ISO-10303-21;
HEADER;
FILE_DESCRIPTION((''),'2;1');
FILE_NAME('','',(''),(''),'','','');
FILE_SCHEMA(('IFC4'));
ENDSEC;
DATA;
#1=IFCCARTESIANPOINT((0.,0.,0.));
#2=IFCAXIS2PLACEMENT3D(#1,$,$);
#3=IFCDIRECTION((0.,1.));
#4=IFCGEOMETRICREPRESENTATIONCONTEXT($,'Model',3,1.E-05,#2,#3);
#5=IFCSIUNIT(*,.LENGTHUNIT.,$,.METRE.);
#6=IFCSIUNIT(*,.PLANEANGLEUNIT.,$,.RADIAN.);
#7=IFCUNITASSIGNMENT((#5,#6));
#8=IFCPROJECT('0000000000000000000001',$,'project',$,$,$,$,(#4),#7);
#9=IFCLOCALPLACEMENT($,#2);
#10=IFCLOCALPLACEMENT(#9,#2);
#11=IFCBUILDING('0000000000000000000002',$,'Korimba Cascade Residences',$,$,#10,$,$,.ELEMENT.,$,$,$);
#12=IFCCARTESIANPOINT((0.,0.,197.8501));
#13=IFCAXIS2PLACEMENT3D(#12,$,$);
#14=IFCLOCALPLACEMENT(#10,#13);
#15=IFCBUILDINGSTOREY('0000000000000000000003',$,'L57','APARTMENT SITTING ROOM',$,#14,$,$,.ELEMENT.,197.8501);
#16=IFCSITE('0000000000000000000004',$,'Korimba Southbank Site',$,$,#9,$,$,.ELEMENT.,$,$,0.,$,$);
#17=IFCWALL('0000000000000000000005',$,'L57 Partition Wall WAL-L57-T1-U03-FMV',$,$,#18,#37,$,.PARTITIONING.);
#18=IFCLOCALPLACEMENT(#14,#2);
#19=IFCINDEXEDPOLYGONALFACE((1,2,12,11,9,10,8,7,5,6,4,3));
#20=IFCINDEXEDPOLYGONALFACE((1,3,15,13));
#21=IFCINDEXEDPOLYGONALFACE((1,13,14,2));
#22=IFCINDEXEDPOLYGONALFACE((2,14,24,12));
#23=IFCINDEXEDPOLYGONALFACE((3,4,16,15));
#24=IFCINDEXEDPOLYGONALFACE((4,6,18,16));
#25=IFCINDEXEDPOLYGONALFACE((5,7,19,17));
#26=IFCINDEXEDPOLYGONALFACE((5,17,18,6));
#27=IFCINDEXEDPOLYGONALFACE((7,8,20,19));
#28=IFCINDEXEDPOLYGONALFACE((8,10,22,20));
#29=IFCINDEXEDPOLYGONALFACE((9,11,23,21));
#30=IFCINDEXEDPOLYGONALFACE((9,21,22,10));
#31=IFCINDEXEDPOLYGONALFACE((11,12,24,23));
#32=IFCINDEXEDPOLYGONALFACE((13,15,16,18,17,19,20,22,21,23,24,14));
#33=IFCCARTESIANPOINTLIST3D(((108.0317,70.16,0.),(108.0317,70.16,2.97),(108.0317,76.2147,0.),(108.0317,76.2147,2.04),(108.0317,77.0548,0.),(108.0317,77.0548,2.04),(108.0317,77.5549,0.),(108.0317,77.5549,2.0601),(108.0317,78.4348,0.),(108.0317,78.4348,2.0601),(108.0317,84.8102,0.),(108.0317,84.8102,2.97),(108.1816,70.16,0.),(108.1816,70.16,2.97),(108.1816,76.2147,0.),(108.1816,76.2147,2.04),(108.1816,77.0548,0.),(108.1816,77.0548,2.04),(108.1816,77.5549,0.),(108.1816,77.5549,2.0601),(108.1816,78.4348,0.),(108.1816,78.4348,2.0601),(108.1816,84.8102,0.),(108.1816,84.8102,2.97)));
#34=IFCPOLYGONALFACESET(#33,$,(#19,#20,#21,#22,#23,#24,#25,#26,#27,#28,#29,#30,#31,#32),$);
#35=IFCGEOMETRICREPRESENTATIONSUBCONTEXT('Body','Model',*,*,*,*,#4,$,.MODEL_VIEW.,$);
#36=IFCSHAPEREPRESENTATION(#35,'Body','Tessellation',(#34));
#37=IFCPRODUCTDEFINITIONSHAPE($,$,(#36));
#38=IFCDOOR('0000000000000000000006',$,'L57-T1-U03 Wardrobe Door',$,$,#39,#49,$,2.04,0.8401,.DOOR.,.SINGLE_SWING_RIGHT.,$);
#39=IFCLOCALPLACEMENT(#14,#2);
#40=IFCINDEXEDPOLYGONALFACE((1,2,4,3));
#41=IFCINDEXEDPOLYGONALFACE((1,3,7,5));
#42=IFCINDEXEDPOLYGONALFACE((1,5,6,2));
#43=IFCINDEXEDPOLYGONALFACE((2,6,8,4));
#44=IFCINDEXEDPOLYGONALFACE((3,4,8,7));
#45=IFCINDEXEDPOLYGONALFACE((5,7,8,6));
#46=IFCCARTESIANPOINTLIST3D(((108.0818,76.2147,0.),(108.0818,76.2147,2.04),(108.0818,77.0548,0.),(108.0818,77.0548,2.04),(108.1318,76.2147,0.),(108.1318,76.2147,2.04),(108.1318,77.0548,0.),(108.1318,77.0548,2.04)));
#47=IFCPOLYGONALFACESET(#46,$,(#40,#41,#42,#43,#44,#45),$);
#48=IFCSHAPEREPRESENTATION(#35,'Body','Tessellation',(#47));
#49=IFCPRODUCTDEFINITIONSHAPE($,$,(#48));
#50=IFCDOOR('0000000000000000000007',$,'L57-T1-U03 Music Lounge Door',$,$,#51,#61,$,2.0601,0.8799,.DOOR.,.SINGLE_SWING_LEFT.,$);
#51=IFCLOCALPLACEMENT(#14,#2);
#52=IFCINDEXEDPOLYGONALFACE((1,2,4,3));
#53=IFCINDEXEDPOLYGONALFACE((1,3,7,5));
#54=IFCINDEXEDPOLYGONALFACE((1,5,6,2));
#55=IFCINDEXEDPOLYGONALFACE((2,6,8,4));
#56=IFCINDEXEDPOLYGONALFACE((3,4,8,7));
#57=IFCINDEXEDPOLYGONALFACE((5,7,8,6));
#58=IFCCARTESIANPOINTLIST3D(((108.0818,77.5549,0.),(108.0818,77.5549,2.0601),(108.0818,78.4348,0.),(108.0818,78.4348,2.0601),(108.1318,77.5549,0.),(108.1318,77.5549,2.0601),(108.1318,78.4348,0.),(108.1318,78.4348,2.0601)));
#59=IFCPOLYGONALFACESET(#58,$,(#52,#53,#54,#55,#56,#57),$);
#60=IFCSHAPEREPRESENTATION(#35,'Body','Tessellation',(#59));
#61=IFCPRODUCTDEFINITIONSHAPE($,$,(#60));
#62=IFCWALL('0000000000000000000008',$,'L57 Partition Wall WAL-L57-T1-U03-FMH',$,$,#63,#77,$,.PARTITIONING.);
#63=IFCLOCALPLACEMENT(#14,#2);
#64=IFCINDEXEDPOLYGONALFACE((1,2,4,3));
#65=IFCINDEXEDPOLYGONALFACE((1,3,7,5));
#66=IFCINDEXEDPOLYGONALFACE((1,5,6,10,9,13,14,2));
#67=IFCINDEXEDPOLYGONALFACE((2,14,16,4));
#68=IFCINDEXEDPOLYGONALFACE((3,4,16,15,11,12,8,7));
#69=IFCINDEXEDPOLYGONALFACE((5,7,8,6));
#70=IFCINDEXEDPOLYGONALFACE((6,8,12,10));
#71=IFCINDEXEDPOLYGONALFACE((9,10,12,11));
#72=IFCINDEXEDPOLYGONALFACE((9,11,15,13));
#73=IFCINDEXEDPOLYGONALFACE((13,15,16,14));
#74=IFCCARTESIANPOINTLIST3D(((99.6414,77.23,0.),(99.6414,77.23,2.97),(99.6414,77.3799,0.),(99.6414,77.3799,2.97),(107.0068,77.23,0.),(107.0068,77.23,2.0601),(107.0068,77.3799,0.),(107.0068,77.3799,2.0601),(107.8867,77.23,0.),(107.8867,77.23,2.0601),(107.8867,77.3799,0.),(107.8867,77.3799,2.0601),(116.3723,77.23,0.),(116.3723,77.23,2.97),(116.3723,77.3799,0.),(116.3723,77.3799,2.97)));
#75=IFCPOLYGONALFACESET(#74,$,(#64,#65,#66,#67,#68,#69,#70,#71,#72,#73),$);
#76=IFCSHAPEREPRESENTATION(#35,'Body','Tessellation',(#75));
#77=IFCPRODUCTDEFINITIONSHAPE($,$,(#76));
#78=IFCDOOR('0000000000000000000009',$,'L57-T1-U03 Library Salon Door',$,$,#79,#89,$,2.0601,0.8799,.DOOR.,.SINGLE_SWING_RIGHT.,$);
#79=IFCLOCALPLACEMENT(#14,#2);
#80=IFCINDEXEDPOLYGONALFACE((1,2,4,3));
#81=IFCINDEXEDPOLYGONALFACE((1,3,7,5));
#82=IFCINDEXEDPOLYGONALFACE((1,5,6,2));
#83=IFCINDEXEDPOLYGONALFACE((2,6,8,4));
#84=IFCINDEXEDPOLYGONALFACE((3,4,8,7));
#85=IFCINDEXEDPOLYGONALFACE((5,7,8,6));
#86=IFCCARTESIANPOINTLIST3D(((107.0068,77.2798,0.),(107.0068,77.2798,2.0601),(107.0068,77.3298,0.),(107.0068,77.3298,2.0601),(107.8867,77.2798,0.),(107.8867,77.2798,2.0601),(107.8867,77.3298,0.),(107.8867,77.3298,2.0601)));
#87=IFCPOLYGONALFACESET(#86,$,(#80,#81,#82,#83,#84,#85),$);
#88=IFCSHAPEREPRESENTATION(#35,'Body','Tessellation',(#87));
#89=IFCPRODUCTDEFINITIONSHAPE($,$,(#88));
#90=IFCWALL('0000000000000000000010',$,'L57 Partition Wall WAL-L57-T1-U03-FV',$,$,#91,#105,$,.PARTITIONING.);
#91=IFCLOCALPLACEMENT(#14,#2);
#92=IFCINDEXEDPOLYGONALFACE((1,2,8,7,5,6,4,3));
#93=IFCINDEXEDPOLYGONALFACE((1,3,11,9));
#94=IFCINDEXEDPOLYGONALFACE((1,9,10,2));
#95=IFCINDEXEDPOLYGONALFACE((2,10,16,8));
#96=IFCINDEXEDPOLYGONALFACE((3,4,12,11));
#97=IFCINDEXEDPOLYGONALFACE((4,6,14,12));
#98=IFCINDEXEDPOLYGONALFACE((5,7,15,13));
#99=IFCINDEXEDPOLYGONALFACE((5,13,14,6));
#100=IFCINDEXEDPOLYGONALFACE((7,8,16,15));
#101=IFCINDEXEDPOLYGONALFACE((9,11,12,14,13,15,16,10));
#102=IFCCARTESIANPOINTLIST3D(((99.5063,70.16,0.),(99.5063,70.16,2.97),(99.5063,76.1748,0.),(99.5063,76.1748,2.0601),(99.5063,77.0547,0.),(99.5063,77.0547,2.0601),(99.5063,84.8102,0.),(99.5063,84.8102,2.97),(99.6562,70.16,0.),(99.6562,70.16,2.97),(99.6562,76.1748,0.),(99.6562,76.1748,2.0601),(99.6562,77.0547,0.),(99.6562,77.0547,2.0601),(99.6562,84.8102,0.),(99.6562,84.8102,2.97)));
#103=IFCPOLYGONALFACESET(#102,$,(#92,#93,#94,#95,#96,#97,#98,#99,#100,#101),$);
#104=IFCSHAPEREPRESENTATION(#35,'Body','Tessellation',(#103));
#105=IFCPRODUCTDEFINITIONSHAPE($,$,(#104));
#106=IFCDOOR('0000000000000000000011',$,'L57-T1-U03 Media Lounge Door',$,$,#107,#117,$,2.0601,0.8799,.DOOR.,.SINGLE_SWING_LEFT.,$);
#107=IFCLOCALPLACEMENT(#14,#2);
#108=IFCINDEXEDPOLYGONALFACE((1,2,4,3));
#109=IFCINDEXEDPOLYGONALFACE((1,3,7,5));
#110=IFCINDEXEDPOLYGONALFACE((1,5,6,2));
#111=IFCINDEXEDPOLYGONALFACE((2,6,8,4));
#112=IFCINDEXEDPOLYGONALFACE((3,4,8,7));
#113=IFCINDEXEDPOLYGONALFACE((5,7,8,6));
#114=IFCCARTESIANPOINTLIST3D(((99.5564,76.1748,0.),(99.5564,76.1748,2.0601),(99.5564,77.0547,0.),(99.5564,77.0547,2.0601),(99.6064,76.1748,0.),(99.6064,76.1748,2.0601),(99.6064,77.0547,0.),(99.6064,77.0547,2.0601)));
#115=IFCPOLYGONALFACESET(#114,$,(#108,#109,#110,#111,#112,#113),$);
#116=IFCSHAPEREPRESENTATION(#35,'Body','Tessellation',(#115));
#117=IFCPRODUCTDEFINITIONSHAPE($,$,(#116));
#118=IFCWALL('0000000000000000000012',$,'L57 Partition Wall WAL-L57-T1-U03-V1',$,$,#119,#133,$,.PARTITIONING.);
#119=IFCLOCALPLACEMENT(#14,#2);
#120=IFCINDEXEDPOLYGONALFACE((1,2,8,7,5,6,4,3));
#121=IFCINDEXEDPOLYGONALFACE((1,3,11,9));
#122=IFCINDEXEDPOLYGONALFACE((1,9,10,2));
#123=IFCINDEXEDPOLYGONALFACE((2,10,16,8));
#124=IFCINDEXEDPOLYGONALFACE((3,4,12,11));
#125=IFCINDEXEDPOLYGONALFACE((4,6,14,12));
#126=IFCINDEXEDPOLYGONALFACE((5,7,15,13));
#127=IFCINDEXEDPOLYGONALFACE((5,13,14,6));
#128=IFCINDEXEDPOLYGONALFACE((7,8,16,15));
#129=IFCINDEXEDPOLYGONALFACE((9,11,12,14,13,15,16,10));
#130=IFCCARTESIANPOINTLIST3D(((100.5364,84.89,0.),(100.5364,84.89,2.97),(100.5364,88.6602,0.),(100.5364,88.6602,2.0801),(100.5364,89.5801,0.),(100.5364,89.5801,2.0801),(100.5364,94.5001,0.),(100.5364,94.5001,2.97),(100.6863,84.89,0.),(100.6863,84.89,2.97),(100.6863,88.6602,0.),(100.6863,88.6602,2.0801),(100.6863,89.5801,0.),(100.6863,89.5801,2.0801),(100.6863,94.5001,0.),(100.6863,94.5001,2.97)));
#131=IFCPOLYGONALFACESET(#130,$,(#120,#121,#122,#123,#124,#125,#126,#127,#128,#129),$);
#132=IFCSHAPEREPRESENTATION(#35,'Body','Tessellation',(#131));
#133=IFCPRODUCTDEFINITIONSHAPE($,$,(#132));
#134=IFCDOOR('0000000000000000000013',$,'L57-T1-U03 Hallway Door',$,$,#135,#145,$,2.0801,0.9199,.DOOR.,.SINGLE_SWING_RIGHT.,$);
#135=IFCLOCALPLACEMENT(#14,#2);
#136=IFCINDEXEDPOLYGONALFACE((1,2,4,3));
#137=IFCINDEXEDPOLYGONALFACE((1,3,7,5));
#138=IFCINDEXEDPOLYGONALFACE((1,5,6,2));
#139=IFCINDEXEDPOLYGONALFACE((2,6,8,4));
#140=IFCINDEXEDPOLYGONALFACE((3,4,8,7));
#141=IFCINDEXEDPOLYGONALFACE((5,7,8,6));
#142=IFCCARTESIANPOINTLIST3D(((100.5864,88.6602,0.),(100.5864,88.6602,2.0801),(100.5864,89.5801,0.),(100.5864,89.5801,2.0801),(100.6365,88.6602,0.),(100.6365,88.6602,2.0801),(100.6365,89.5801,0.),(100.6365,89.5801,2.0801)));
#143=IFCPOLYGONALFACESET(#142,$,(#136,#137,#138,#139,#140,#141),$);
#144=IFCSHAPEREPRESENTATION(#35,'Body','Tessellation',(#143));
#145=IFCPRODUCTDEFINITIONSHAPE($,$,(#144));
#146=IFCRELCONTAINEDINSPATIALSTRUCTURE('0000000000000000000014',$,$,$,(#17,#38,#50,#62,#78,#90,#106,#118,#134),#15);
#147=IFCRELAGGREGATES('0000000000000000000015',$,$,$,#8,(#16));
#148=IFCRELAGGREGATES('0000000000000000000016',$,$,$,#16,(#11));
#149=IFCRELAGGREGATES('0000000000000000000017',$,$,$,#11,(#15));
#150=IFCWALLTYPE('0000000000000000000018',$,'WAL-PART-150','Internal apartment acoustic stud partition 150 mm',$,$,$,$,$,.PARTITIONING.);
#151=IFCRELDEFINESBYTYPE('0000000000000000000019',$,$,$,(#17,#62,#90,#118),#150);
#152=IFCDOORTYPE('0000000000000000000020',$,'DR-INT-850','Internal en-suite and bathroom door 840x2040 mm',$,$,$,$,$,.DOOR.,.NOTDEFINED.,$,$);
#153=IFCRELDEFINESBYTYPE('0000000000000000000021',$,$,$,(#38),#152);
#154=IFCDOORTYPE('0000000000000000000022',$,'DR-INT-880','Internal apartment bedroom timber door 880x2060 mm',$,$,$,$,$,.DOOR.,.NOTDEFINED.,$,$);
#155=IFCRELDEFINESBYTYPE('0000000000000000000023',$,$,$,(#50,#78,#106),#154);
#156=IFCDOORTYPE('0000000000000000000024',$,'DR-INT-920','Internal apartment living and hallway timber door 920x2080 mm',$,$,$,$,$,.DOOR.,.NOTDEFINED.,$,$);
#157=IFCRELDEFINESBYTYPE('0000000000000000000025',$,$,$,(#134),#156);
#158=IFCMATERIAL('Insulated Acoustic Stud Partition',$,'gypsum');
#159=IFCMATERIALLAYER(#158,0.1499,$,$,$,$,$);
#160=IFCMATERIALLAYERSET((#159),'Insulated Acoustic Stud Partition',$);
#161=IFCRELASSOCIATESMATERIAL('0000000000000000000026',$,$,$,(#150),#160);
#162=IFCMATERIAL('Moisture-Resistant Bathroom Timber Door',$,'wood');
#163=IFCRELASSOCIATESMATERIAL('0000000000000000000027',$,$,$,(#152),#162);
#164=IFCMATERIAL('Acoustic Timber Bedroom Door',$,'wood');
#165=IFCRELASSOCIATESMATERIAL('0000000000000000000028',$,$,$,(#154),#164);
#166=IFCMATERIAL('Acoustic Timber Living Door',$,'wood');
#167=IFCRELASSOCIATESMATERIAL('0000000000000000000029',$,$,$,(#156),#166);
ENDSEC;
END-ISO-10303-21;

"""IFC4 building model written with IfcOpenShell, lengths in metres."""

from ifc_helpers import new_model, si_unit, direction, frame, frame_2d, origin, place, context, subcontext, project, spatial, rectangle, extrude, material, layer, layer_set, type_object, element, fill, save


model = new_model("IFC4")

# Units and contexts
model_context = context("Model", 3, precision=1e-05, world=origin(), true_north=direction((0.0, 1.0)))
body_context = subcontext(model_context, "Body", "Model", "MODEL_VIEW")
ifc_project = project(units=[si_unit("LENGTHUNIT", "METRE"), si_unit("PLANEANGLEUNIT", "RADIAN")], contexts=[model_context])

# Site, building, storey
site_placement = place(None, origin())
site = spatial("IfcSite", under=ifc_project, at=site_placement, Name="Korimba Southbank Site", CompositionType="ELEMENT", RefElevation=0.0)
building_placement = place(site_placement, origin())
building = spatial("IfcBuilding", under=site, at=building_placement, Name="Korimba Cascade Residences", CompositionType="ELEMENT")
storey_placement = place(building_placement, frame((0.0, 0.0, 197.8501)))
storey = spatial("IfcBuildingStorey", under=building, at=storey_placement, Name="L57", Description="APARTMENT SITTING ROOM", CompositionType="ELEMENT", Elevation=197.8501)

# Wall, openings, doors
ifc_material_1 = material(Name="Insulated Acoustic Stud Partition", Category="gypsum")
ifc_layer_1 = layer(ifc_material_1, 0.1499)
ifc_layer_set_1 = layer_set([ifc_layer_1], Name="Insulated Acoustic Stud Partition")
wall_type_1 = type_object("IfcWallType", Name="WAL-PART-150", Description="Internal apartment acoustic stud partition 150 mm", PredefinedType="PARTITIONING", material=ifc_layer_set_1)
wall_1_placement = place(storey_placement, frame((108.1067, 70.1599, 0.0), z_axis=(0.0, 0.0, 1.0), x_axis=(0.0, 1.0, 0.0)))
wall_1 = element("IfcWall", 1, at=wall_1_placement, inside=storey, type_object=wall_type_1, Name="L57 Partition Wall WAL-L57-T1-U03-FMV", PredefinedType="PARTITIONING", context=body_context, shape_type="SweptSolid", body=[
    extrude(rectangle(XDim=14.6501, YDim=0.1499, at=frame_2d((7.3252, 0.0))), origin(), (0.0, 0.0, 1.0), 2.97),
])
opening_1_placement = place(wall_1_placement, frame((6.0549, 0.0, 0.0)))
opening_1 = element("IfcOpeningElement", 2, at=opening_1_placement, cuts=wall_1, PredefinedType="OPENING", context=body_context, shape_type="SweptSolid", body=[
    extrude(rectangle(XDim=0.8401, YDim=2.04, at=frame_2d((0.4199, 1.02))), frame((0.0, 0.085, 0.0), z_axis=(0.0, -1.0, 0.0), x_axis=(1.0, 0.0, 0.0)), (0.0, 0.0, 1.0), 0.1699),
])
opening_2_placement = place(wall_1_placement, frame((7.395, 0.0, 0.0)))
opening_2 = element("IfcOpeningElement", 3, at=opening_2_placement, cuts=wall_1, PredefinedType="OPENING", context=body_context, shape_type="SweptSolid", body=[
    extrude(rectangle(XDim=0.8799, YDim=2.0601, at=frame_2d((0.4399, 1.03))), frame((0.0, 0.085, 0.0), z_axis=(0.0, -1.0, 0.0), x_axis=(1.0, 0.0, 0.0)), (0.0, 0.0, 1.0), 0.1699),
])
ifc_material_2 = material(Name="Moisture-Resistant Bathroom Timber Door", Category="wood")
door_type_1 = type_object("IfcDoorType", Name="DR-INT-850", Description="Internal en-suite and bathroom door 840x2040 mm", OperationType="NOTDEFINED", PredefinedType="DOOR", material=ifc_material_2)
door_1_placement = place(opening_1_placement, origin())
door_1 = element("IfcDoor", 4, at=door_1_placement, inside=storey, type_object=door_type_1, Name="L57-T1-U03 Wardrobe Door", OperationType="SINGLE_SWING_RIGHT", OverallHeight=2.04, OverallWidth=0.8401, PredefinedType="DOOR", context=body_context, shape_type="SweptSolid", body=[
    extrude(rectangle(XDim=0.8401, YDim=2.04, at=frame_2d((0.4199, 1.02))), frame((0.0, 0.0249, 0.0), z_axis=(0.0, -1.0, 0.0), x_axis=(1.0, 0.0, 0.0)), (0.0, 0.0, 1.0), 0.05),
])
fill(opening_1, door_1)
ifc_material_3 = material(Name="Acoustic Timber Bedroom Door", Category="wood")
door_type_2 = type_object("IfcDoorType", Name="DR-INT-880", Description="Internal apartment bedroom timber door 880x2060 mm", OperationType="NOTDEFINED", PredefinedType="DOOR", material=ifc_material_3)
door_2_placement = place(opening_2_placement, origin())
door_2 = element("IfcDoor", 5, at=door_2_placement, inside=storey, type_object=door_type_2, Name="L57-T1-U03 Music Lounge Door", OperationType="SINGLE_SWING_LEFT", OverallHeight=2.0601, OverallWidth=0.8799, PredefinedType="DOOR", context=body_context, shape_type="SweptSolid", body=[
    extrude(rectangle(XDim=0.8799, YDim=2.0601, at=frame_2d((0.4399, 1.03))), frame((0.0, 0.0249, 0.0), z_axis=(0.0, -1.0, 0.0), x_axis=(1.0, 0.0, 0.0)), (0.0, 0.0, 1.0), 0.05),
])
fill(opening_2, door_2)

# Walls, openings, doors
wall_2_placement = place(storey_placement, frame((99.6414, 77.3049, 0.0), z_axis=(0.0, 0.0, 1.0), x_axis=(1.0, 0.0, 0.0)))
wall_2 = element("IfcWall", 6, at=wall_2_placement, inside=storey, type_object=wall_type_1, Name="L57 Partition Wall WAL-L57-T1-U03-FMH", PredefinedType="PARTITIONING", context=body_context, shape_type="SweptSolid", body=[
    extrude(rectangle(XDim=16.731, YDim=0.1499, at=frame_2d((8.3655, 0.0))), origin(), (0.0, 0.0, 1.0), 2.97),
])
opening_3_placement = place(wall_2_placement, frame((7.3655, 0.0, 0.0)))
opening_3 = element("IfcOpeningElement", 7, at=opening_3_placement, cuts=wall_2, PredefinedType="OPENING", context=body_context, shape_type="SweptSolid", body=[
    extrude(rectangle(XDim=0.8799, YDim=2.0601, at=frame_2d((0.4399, 1.03))), frame((0.0, 0.085, 0.0), z_axis=(0.0, -1.0, 0.0), x_axis=(1.0, 0.0, 0.0)), (0.0, 0.0, 1.0), 0.1699),
])
door_3_placement = place(opening_3_placement, origin())
door_3 = element("IfcDoor", 8, at=door_3_placement, inside=storey, type_object=door_type_2, Name="L57-T1-U03 Library Salon Door", OperationType="SINGLE_SWING_RIGHT", OverallHeight=2.0601, OverallWidth=0.8799, PredefinedType="DOOR", context=body_context, shape_type="SweptSolid", body=[
    extrude(rectangle(XDim=0.8799, YDim=2.0601, at=frame_2d((0.4399, 1.03))), frame((0.0, 0.0249, 0.0), z_axis=(0.0, -1.0, 0.0), x_axis=(1.0, 0.0, 0.0)), (0.0, 0.0, 1.0), 0.05),
])
fill(opening_3, door_3)
wall_3_placement = place(storey_placement, frame((99.5813, 70.1599, 0.0), z_axis=(0.0, 0.0, 1.0), x_axis=(0.0, 1.0, 0.0)))
wall_3 = element("IfcWall", 9, at=wall_3_placement, inside=storey, type_object=wall_type_1, Name="L57 Partition Wall WAL-L57-T1-U03-FV", PredefinedType="PARTITIONING", context=body_context, shape_type="SweptSolid", body=[
    extrude(rectangle(XDim=14.6501, YDim=0.1499, at=frame_2d((7.3252, 0.0))), origin(), (0.0, 0.0, 1.0), 2.97),
])
opening_4_placement = place(wall_3_placement, frame((6.0149, 0.0, 0.0)))
opening_4 = element("IfcOpeningElement", 10, at=opening_4_placement, cuts=wall_3, PredefinedType="OPENING", context=body_context, shape_type="SweptSolid", body=[
    extrude(rectangle(XDim=0.8799, YDim=2.0601, at=frame_2d((0.4399, 1.03))), frame((0.0, 0.085, 0.0), z_axis=(0.0, -1.0, 0.0), x_axis=(1.0, 0.0, 0.0)), (0.0, 0.0, 1.0), 0.1699),
])
door_4_placement = place(opening_4_placement, origin())
door_4 = element("IfcDoor", 11, at=door_4_placement, inside=storey, type_object=door_type_2, Name="L57-T1-U03 Media Lounge Door", OperationType="SINGLE_SWING_LEFT", OverallHeight=2.0601, OverallWidth=0.8799, PredefinedType="DOOR", context=body_context, shape_type="SweptSolid", body=[
    extrude(rectangle(XDim=0.8799, YDim=2.0601, at=frame_2d((0.4399, 1.03))), frame((0.0, 0.0249, 0.0), z_axis=(0.0, -1.0, 0.0), x_axis=(1.0, 0.0, 0.0)), (0.0, 0.0, 1.0), 0.05),
])
fill(opening_4, door_4)
wall_4_placement = place(storey_placement, frame((100.6113, 84.8899, 0.0), z_axis=(0.0, 0.0, 1.0), x_axis=(0.0, 1.0, 0.0)))
wall_4 = element("IfcWall", 12, at=wall_4_placement, inside=storey, type_object=wall_type_1, Name="L57 Partition Wall WAL-L57-T1-U03-V1", PredefinedType="PARTITIONING", context=body_context, shape_type="SweptSolid", body=[
    extrude(rectangle(XDim=9.6101, YDim=0.1499, at=frame_2d((4.8052, 0.0))), origin(), (0.0, 0.0, 1.0), 2.97),
])
opening_5_placement = place(wall_4_placement, frame((3.7703, 0.0, 0.0)))
opening_5 = element("IfcOpeningElement", 13, at=opening_5_placement, cuts=wall_4, PredefinedType="OPENING", context=body_context, shape_type="SweptSolid", body=[
    extrude(rectangle(XDim=0.9199, YDim=2.0801, at=frame_2d((0.46, 1.04))), frame((0.0, 0.085, 0.0), z_axis=(0.0, -1.0, 0.0), x_axis=(1.0, 0.0, 0.0)), (0.0, 0.0, 1.0), 0.1699),
])
ifc_material_4 = material(Name="Acoustic Timber Living Door", Category="wood")
door_type_3 = type_object("IfcDoorType", Name="DR-INT-920", Description="Internal apartment living and hallway timber door 920x2080 mm", OperationType="NOTDEFINED", PredefinedType="DOOR", material=ifc_material_4)
door_5_placement = place(opening_5_placement, origin())
door_5 = element("IfcDoor", 14, at=door_5_placement, inside=storey, type_object=door_type_3, Name="L57-T1-U03 Hallway Door", OperationType="SINGLE_SWING_RIGHT", OverallHeight=2.0801, OverallWidth=0.9199, PredefinedType="DOOR", context=body_context, shape_type="SweptSolid", body=[
    extrude(rectangle(XDim=0.9199, YDim=2.0801, at=frame_2d((0.46, 1.04))), frame((0.0, 0.0249, 0.0), z_axis=(0.0, -1.0, 0.0), x_axis=(1.0, 0.0, 0.0)), (0.0, 0.0, 1.0), 0.05),
])
fill(opening_5, door_5)

save(model, "model.ifc")
